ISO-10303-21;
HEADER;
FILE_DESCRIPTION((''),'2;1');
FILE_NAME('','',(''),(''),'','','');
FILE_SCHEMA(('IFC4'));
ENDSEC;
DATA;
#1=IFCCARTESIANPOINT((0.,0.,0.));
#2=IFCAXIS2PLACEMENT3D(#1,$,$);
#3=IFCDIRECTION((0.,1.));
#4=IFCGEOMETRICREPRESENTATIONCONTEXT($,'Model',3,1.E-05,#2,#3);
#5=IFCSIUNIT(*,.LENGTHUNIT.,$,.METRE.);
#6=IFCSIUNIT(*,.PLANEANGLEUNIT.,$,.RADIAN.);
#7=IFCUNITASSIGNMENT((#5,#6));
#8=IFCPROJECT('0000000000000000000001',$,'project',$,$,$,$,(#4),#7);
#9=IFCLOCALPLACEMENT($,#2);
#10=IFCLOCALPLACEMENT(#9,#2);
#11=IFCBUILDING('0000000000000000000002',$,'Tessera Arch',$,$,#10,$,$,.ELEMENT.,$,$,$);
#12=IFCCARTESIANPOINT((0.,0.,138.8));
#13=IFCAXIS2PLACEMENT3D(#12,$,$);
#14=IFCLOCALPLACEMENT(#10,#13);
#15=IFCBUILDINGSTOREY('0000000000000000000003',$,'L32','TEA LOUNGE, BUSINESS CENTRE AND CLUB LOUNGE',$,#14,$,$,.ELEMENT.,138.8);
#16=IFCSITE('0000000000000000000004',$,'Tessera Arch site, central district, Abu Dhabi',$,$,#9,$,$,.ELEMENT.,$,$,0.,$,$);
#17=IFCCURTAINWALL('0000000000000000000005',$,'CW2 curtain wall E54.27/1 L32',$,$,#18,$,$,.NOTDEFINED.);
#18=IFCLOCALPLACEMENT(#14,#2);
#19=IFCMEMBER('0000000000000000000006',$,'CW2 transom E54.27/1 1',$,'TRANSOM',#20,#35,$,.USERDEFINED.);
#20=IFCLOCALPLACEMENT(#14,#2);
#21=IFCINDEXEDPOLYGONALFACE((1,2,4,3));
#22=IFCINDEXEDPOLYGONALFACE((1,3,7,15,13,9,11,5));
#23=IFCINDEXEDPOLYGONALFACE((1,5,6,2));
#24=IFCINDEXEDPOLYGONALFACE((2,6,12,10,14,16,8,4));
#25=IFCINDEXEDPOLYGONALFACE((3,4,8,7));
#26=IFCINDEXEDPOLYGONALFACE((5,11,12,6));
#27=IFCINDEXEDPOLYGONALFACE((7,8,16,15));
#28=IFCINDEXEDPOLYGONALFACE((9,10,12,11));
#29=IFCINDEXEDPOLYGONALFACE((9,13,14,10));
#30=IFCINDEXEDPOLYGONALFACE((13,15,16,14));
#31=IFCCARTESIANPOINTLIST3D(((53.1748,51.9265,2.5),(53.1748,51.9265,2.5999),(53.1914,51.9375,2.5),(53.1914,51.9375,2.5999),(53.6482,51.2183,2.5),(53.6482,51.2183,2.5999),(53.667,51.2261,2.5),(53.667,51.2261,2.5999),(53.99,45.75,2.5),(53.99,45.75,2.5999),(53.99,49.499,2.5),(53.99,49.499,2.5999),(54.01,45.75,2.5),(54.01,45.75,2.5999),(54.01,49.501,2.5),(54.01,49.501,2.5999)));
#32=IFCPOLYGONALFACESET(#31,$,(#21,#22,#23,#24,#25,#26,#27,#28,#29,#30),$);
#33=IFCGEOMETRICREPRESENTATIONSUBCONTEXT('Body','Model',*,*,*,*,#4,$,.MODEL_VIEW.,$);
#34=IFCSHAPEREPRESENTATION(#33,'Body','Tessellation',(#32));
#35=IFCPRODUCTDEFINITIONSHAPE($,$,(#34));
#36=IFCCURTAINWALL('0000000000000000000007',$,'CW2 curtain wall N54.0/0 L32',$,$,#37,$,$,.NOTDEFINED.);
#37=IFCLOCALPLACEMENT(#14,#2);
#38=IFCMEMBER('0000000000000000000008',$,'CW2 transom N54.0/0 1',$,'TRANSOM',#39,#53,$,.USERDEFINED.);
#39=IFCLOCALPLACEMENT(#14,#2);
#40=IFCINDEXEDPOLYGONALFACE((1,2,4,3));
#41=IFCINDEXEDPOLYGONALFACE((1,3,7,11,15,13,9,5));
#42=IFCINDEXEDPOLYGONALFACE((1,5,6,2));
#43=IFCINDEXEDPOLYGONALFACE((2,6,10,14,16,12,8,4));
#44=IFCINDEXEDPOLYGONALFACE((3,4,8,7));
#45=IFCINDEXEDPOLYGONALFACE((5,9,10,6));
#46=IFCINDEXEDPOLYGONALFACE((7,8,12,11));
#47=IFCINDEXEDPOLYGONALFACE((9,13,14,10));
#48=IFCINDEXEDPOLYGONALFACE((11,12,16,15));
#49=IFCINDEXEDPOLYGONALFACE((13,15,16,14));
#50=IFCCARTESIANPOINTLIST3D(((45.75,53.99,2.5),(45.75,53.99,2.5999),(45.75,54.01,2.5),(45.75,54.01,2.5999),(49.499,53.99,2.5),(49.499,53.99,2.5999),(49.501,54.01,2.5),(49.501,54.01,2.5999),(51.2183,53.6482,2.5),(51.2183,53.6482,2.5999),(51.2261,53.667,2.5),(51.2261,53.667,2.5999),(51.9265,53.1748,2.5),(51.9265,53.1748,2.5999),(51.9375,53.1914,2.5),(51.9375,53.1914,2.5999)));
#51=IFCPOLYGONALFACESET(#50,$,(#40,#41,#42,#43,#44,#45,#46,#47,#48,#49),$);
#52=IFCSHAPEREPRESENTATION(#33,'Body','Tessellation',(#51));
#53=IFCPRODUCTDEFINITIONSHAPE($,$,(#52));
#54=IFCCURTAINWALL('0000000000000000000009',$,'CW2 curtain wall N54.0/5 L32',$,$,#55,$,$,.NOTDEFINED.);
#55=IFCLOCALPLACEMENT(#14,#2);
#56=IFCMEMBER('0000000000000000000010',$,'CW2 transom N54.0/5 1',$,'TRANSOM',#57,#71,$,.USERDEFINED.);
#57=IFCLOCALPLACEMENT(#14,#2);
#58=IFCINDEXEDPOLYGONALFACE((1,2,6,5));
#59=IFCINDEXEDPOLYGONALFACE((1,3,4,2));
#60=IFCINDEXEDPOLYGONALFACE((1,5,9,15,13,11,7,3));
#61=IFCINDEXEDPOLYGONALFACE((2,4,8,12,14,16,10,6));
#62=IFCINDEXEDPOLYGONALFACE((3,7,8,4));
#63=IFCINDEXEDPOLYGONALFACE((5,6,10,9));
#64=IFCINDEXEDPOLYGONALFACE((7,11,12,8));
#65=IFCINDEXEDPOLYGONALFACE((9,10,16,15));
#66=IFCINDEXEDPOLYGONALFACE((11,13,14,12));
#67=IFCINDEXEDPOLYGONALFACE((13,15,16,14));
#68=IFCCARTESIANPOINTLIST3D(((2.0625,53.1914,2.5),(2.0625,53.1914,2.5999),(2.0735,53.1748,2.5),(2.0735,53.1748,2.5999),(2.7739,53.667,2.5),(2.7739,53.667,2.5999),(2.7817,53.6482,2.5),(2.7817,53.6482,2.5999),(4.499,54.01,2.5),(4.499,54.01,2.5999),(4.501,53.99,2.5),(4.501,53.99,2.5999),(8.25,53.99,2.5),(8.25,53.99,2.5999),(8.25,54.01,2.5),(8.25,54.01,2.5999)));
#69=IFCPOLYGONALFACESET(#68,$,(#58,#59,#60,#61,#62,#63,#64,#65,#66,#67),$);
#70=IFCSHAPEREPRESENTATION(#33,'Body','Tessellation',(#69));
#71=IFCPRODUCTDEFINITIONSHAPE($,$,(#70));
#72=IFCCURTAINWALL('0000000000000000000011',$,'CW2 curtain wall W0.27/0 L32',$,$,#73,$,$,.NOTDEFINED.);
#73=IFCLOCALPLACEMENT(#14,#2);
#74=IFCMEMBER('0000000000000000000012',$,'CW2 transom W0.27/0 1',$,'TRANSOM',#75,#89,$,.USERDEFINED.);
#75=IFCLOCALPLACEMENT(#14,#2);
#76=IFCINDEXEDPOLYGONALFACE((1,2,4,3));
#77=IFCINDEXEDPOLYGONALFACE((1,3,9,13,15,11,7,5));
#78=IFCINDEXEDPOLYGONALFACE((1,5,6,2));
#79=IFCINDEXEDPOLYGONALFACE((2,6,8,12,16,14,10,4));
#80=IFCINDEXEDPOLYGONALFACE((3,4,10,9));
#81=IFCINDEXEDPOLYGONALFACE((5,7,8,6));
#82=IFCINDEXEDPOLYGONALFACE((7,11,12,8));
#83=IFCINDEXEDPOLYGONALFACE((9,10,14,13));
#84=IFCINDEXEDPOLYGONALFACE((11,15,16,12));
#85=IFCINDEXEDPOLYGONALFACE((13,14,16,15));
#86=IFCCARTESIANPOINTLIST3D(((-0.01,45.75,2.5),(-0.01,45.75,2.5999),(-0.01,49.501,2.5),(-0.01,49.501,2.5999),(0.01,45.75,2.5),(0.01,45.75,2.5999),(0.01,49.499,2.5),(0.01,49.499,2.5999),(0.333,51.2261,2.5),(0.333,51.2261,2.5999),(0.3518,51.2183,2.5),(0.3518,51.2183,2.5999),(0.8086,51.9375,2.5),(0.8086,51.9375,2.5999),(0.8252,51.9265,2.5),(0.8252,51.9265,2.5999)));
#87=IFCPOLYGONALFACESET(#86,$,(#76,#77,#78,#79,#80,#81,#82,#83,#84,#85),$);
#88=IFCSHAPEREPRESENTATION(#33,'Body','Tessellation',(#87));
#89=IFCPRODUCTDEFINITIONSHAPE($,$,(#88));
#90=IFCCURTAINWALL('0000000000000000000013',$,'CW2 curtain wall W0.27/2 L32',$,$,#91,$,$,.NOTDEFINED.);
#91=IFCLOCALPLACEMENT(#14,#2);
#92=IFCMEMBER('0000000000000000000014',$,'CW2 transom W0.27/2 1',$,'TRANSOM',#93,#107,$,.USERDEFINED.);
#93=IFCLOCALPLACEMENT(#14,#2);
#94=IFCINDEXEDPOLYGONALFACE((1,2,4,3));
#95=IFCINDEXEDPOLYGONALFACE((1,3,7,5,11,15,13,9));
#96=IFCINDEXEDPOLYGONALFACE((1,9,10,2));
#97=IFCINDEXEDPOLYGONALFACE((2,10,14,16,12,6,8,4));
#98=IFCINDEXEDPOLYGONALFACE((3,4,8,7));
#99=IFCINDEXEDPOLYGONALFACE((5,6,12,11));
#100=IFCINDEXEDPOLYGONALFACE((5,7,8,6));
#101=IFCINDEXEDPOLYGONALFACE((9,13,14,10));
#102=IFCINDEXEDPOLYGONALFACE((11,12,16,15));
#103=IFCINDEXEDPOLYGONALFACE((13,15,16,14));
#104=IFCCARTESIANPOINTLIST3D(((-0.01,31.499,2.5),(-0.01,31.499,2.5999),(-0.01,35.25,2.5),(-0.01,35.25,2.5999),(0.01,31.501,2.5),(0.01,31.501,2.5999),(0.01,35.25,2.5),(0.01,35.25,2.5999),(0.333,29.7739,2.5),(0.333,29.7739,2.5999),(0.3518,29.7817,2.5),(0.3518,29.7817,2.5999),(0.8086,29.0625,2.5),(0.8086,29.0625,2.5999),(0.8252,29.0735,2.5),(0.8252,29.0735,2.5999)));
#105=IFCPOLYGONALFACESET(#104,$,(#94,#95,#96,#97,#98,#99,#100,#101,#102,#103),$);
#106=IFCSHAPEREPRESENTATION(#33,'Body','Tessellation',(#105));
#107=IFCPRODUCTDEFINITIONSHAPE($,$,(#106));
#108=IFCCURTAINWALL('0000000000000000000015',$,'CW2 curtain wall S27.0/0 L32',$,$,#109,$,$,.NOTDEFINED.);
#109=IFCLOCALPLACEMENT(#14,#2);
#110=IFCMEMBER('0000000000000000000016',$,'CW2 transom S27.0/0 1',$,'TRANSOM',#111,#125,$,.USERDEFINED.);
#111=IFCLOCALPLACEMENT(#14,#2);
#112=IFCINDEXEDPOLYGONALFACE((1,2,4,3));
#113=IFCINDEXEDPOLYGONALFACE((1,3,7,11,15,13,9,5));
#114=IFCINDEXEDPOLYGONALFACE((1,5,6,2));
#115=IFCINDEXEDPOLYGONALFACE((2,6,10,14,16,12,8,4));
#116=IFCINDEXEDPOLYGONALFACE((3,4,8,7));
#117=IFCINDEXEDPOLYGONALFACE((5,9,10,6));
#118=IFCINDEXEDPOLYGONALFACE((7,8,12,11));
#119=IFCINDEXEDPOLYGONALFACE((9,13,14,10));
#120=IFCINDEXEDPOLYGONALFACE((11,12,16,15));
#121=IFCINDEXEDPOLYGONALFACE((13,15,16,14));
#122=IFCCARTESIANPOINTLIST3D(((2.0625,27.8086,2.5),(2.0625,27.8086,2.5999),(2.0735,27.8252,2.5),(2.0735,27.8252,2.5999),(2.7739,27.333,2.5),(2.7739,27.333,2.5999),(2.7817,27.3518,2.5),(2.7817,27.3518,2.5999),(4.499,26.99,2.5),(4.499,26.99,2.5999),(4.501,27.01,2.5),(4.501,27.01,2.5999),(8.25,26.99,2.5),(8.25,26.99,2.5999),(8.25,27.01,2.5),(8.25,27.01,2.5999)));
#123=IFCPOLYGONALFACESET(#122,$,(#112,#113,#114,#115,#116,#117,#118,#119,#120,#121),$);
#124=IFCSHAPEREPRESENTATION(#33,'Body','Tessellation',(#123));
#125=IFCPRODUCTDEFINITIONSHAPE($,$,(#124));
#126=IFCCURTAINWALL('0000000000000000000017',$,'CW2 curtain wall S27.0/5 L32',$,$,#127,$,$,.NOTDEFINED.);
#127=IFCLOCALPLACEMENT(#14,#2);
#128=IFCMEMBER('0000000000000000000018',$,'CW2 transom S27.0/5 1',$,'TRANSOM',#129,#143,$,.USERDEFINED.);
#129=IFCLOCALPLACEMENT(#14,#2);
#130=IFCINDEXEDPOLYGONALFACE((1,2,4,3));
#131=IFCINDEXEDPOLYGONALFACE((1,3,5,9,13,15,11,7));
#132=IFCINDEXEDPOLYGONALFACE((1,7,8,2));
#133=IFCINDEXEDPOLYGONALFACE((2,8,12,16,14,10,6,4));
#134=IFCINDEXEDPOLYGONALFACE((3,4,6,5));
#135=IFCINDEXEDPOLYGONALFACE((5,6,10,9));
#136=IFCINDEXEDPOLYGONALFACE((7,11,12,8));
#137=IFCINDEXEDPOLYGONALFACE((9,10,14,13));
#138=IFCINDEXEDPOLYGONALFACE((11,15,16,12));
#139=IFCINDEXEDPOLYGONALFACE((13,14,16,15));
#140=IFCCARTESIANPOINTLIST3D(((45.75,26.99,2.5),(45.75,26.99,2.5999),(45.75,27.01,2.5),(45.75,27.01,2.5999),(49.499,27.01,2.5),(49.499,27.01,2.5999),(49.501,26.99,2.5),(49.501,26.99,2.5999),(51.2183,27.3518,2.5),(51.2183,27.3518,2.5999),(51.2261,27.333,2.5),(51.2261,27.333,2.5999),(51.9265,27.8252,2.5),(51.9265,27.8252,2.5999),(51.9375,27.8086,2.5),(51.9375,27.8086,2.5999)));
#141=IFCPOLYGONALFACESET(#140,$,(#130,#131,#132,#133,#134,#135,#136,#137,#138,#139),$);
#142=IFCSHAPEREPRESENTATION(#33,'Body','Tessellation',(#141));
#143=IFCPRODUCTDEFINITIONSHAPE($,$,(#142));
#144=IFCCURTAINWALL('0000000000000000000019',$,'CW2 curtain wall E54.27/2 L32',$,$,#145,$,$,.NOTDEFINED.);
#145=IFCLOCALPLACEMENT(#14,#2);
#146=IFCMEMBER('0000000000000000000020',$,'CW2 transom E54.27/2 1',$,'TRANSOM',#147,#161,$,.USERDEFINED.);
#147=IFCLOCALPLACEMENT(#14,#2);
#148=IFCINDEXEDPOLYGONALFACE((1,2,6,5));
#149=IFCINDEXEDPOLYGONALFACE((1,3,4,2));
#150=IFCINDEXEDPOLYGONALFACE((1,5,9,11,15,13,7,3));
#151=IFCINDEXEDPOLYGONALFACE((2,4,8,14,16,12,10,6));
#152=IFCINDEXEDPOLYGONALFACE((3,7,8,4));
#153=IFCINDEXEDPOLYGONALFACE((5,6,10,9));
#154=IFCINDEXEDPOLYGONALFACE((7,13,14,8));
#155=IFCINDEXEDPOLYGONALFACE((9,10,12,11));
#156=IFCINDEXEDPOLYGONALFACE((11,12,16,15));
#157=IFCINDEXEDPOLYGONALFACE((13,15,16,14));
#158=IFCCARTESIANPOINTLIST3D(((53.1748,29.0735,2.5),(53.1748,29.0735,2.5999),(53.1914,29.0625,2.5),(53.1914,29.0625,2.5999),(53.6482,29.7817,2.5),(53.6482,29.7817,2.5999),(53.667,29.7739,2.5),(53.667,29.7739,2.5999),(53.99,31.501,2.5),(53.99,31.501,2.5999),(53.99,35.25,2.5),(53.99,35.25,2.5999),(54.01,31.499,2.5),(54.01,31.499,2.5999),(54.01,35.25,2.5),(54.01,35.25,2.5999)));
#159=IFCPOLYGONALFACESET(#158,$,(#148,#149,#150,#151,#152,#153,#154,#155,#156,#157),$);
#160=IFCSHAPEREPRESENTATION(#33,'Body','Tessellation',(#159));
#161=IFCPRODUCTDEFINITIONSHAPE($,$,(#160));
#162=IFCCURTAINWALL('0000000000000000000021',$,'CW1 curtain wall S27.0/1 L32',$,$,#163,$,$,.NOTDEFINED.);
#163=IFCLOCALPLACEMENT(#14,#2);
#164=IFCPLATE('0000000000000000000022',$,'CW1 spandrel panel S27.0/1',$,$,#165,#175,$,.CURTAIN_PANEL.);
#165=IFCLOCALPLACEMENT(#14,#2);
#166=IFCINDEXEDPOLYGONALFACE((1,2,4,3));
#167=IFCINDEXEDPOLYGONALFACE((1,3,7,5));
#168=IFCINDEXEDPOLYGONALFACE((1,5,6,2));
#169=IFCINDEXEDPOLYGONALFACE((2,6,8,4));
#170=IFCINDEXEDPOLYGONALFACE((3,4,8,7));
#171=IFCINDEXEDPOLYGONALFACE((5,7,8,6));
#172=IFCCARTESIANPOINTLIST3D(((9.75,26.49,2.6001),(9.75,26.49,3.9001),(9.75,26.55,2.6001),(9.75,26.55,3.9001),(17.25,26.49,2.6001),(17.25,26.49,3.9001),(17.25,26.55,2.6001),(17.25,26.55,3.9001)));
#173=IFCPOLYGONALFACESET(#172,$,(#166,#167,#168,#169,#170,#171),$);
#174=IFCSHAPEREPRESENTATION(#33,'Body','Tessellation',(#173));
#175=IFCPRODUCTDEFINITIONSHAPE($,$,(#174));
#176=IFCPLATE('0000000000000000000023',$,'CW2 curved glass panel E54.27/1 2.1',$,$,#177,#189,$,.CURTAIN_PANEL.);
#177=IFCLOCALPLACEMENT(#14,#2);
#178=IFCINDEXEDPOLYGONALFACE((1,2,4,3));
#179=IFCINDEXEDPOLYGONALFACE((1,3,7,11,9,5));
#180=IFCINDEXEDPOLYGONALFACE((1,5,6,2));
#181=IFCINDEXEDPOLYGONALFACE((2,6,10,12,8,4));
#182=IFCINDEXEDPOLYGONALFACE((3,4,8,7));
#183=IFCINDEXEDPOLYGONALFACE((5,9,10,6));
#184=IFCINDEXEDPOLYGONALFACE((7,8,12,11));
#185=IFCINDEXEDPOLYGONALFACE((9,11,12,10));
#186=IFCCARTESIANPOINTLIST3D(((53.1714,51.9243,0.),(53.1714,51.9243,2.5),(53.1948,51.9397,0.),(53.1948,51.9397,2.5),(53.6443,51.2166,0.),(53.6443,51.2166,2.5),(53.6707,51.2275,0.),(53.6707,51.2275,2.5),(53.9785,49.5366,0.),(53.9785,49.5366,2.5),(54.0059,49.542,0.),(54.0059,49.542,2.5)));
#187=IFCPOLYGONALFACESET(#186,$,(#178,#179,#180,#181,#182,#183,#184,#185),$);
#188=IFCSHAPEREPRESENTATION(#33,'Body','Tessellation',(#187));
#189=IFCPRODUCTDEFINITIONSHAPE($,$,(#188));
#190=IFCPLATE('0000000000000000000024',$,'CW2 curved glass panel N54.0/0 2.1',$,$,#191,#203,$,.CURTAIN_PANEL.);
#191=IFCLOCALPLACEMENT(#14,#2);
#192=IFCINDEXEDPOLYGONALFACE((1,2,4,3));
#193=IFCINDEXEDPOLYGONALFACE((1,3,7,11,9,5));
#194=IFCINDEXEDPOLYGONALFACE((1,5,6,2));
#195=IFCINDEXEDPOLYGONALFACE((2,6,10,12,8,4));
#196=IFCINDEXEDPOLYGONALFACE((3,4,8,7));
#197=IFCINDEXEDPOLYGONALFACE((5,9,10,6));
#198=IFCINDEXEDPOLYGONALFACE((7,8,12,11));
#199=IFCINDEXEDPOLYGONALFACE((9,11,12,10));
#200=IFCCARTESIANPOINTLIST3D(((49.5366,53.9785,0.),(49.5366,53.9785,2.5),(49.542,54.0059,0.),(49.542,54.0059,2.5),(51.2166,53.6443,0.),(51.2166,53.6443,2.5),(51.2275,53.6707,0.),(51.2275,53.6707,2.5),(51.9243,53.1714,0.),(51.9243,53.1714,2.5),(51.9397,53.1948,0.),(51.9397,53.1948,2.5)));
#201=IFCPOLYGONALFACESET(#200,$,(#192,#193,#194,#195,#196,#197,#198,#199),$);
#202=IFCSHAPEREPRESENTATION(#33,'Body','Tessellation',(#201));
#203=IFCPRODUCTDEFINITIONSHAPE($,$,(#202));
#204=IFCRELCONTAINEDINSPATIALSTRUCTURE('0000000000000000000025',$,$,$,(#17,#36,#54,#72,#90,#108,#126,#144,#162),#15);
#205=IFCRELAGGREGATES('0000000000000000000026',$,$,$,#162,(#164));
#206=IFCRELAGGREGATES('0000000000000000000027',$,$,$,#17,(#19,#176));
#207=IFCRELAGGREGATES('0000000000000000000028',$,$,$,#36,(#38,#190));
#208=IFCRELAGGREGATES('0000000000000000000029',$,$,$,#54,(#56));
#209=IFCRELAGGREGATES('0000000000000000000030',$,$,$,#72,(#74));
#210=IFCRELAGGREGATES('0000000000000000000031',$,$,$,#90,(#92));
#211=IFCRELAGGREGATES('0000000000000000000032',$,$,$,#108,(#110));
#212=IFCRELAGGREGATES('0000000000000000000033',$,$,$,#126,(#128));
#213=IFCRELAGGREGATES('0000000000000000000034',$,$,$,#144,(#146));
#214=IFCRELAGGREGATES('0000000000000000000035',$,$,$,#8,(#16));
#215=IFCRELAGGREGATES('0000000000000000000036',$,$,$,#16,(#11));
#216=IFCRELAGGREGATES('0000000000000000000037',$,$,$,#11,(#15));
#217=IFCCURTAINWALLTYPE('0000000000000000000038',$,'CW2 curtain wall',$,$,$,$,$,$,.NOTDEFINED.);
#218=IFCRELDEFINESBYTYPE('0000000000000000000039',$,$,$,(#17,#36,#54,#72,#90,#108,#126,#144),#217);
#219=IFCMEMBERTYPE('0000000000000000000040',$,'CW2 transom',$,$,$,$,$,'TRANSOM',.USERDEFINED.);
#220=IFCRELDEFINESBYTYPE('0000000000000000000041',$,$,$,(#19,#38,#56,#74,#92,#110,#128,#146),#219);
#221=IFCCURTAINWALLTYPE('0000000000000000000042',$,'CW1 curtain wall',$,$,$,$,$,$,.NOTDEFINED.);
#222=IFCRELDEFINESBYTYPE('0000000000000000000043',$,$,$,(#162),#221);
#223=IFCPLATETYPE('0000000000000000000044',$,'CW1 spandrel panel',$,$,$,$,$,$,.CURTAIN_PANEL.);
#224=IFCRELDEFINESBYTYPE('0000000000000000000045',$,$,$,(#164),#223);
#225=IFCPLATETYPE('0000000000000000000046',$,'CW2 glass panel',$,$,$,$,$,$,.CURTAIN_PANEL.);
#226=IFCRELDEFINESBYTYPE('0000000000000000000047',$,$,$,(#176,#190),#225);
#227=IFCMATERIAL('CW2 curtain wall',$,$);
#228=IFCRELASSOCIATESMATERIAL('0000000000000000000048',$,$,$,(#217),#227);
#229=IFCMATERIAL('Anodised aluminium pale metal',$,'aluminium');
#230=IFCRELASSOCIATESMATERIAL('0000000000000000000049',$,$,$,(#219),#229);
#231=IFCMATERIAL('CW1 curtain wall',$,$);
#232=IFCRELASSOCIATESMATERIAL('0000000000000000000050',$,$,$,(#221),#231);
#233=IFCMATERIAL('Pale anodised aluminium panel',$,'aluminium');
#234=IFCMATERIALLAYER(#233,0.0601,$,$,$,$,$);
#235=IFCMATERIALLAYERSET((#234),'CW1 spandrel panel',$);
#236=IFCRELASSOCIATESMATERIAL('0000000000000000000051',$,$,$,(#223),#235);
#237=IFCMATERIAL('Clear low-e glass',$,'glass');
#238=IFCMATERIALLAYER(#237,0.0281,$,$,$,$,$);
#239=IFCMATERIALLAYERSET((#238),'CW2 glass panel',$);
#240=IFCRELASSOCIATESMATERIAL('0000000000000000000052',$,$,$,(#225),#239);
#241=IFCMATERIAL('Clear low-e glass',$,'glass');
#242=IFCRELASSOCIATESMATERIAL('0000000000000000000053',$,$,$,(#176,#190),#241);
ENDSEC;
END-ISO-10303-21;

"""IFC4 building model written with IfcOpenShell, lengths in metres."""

from ifc_helpers import new_model, si_unit, direction, frame, origin, origin_2d, place, context, subcontext, project, spatial, polyline, rectangle, outline, extrude, material, layer, layer_set, material_profile, profile_set, type_object, element, aggregate, save


model = new_model("IFC4")

# Units and contexts
model_context = context("Model", 3, precision=1e-05, world=origin(), true_north=direction((0.0, 1.0)))
body_context = subcontext(model_context, "Body", "Model", "MODEL_VIEW")
ifc_project = project(units=[si_unit("LENGTHUNIT", "METRE"), si_unit("PLANEANGLEUNIT", "RADIAN")], contexts=[model_context])

# Site, building, storey
site_placement = place(None, origin())
site = spatial("IfcSite", under=ifc_project, at=site_placement, Name="Tessera Arch site, central district, Abu Dhabi", CompositionType="ELEMENT", RefElevation=0.0)
building_placement = place(site_placement, origin())
building = spatial("IfcBuilding", under=site, at=building_placement, Name="Tessera Arch", CompositionType="ELEMENT")
storey_placement = place(building_placement, frame((0.0, 0.0, 138.8)))
storey = spatial("IfcBuildingStorey", under=building, at=storey_placement, Name="L32", Description="TEA LOUNGE, BUSINESS CENTRE AND CLUB LOUNGE", CompositionType="ELEMENT", Elevation=138.8)

# Curtain walls, members
ifc_material_1 = material(Name="CW2 curtain wall")
curtain_wall_type_1 = type_object("IfcCurtainWallType", Name="CW2 curtain wall", PredefinedType="NOTDEFINED", material=ifc_material_1)
curtain_wall_1_placement = place(storey_placement, origin())
curtain_wall_1 = element("IfcCurtainWall", 1, at=curtain_wall_1_placement, inside=storey, type_object=curtain_wall_type_1, Name="CW2 curtain wall E54.27/1 L32", PredefinedType="NOTDEFINED")
ifc_material_2 = material(Name="Anodised aluminium pale metal", Category="aluminium")
ifc_material_profile = material_profile(ifc_material_2, rectangle(XDim=0.2, YDim=0.1001, at=origin_2d()), Name="AL 200x100")
ifc_profile_set = profile_set([ifc_material_profile], Name="Anodised aluminium pale metal")
member_type = type_object("IfcMemberType", Name="CW2 transom", ElementType="TRANSOM", PredefinedType="USERDEFINED", material=ifc_profile_set)
member_1_placement = place(storey_placement, frame((0.0, 0.0, 2.5)))
member_1 = element("IfcMember", 2, at=member_1_placement, type_object=member_type, Name="CW2 transom E54.27/1 1", ObjectType="TRANSOM", PredefinedType="USERDEFINED", context=body_context, shape_type="SweptSolid", body=[
    extrude(outline(polyline([(53.99, 49.499), (53.99, 45.75), (54.01, 45.75), (54.01, 49.501), (53.667, 51.2261), (53.1914, 51.9375), (53.1748, 51.9265), (53.6482, 51.2183), (53.99, 49.499)])), origin(), (0.0, 0.0, 1.0), 0.0999),
])
curtain_wall_2_placement = place(storey_placement, origin())
curtain_wall_2 = element("IfcCurtainWall", 3, at=curtain_wall_2_placement, inside=storey, type_object=curtain_wall_type_1, Name="CW2 curtain wall N54.0/0 L32", PredefinedType="NOTDEFINED")
member_2_placement = place(storey_placement, frame((0.0, 0.0, 2.5)))
member_2 = element("IfcMember", 4, at=member_2_placement, type_object=member_type, Name="CW2 transom N54.0/0 1", ObjectType="TRANSOM", PredefinedType="USERDEFINED", context=body_context, shape_type="SweptSolid", body=[
    extrude(outline(polyline([(51.2183, 53.6482), (51.9265, 53.1748), (51.9375, 53.1914), (51.2261, 53.667), (49.501, 54.01), (45.75, 54.01), (45.75, 53.99), (49.499, 53.99), (51.2183, 53.6482)])), origin(), (0.0, 0.0, 1.0), 0.0999),
])
curtain_wall_3_placement = place(storey_placement, origin())
curtain_wall_3 = element("IfcCurtainWall", 5, at=curtain_wall_3_placement, inside=storey, type_object=curtain_wall_type_1, Name="CW2 curtain wall N54.0/5 L32", PredefinedType="NOTDEFINED")
member_3_placement = place(storey_placement, frame((0.0, 0.0, 2.5)))
member_3 = element("IfcMember", 6, at=member_3_placement, type_object=member_type, Name="CW2 transom N54.0/5 1", ObjectType="TRANSOM", PredefinedType="USERDEFINED", context=body_context, shape_type="SweptSolid", body=[
    extrude(outline(polyline([(4.501, 53.99), (8.25, 53.99), (8.25, 54.01), (4.499, 54.01), (2.7739, 53.667), (2.0625, 53.1914), (2.0735, 53.1748), (2.7817, 53.6482), (4.501, 53.99)])), origin(), (0.0, 0.0, 1.0), 0.0999),
])
curtain_wall_4_placement = place(storey_placement, origin())
curtain_wall_4 = element("IfcCurtainWall", 7, at=curtain_wall_4_placement, inside=storey, type_object=curtain_wall_type_1, Name="CW2 curtain wall W0.27/0 L32", PredefinedType="NOTDEFINED")
member_4_placement = place(storey_placement, frame((0.0, 0.0, 2.5)))
member_4 = element("IfcMember", 8, at=member_4_placement, type_object=member_type, Name="CW2 transom W0.27/0 1", ObjectType="TRANSOM", PredefinedType="USERDEFINED", context=body_context, shape_type="SweptSolid", body=[
    extrude(outline(polyline([(0.3518, 51.2183), (0.8252, 51.9265), (0.8086, 51.9375), (0.333, 51.2261), (-0.01, 49.501), (-0.01, 45.75), (0.01, 45.75), (0.01, 49.499), (0.3518, 51.2183)])), origin(), (0.0, 0.0, 1.0), 0.0999),
])
curtain_wall_5_placement = place(storey_placement, origin())
curtain_wall_5 = element("IfcCurtainWall", 9, at=curtain_wall_5_placement, inside=storey, type_object=curtain_wall_type_1, Name="CW2 curtain wall W0.27/2 L32", PredefinedType="NOTDEFINED")
member_5_placement = place(storey_placement, frame((0.0, 0.0, 2.5)))
member_5 = element("IfcMember", 10, at=member_5_placement, type_object=member_type, Name="CW2 transom W0.27/2 1", ObjectType="TRANSOM", PredefinedType="USERDEFINED", context=body_context, shape_type="SweptSolid", body=[
    extrude(outline(polyline([(0.01, 31.501), (0.01, 35.25), (-0.01, 35.25), (-0.01, 31.499), (0.333, 29.7739), (0.8086, 29.0625), (0.8252, 29.0735), (0.3518, 29.7817), (0.01, 31.501)])), origin(), (0.0, 0.0, 1.0), 0.0999),
])
curtain_wall_6_placement = place(storey_placement, origin())
curtain_wall_6 = element("IfcCurtainWall", 11, at=curtain_wall_6_placement, inside=storey, type_object=curtain_wall_type_1, Name="CW2 curtain wall S27.0/0 L32", PredefinedType="NOTDEFINED")
member_6_placement = place(storey_placement, frame((0.0, 0.0, 2.5)))
member_6 = element("IfcMember", 12, at=member_6_placement, type_object=member_type, Name="CW2 transom S27.0/0 1", ObjectType="TRANSOM", PredefinedType="USERDEFINED", context=body_context, shape_type="SweptSolid", body=[
    extrude(outline(polyline([(2.7817, 27.3518), (2.0735, 27.8252), (2.0625, 27.8086), (2.7739, 27.333), (4.499, 26.99), (8.25, 26.99), (8.25, 27.01), (4.501, 27.01), (2.7817, 27.3518)])), origin(), (0.0, 0.0, 1.0), 0.0999),
])
curtain_wall_7_placement = place(storey_placement, origin())
curtain_wall_7 = element("IfcCurtainWall", 13, at=curtain_wall_7_placement, inside=storey, type_object=curtain_wall_type_1, Name="CW2 curtain wall S27.0/5 L32", PredefinedType="NOTDEFINED")
member_7_placement = place(storey_placement, frame((0.0, 0.0, 2.5)))
member_7 = element("IfcMember", 14, at=member_7_placement, type_object=member_type, Name="CW2 transom S27.0/5 1", ObjectType="TRANSOM", PredefinedType="USERDEFINED", context=body_context, shape_type="SweptSolid", body=[
    extrude(outline(polyline([(49.499, 27.01), (45.75, 27.01), (45.75, 26.99), (49.501, 26.99), (51.2261, 27.333), (51.9375, 27.8086), (51.9265, 27.8252), (51.2183, 27.3518), (49.499, 27.01)])), origin(), (0.0, 0.0, 1.0), 0.0999),
])
curtain_wall_8_placement = place(storey_placement, origin())
curtain_wall_8 = element("IfcCurtainWall", 15, at=curtain_wall_8_placement, inside=storey, type_object=curtain_wall_type_1, Name="CW2 curtain wall E54.27/2 L32", PredefinedType="NOTDEFINED")
member_8_placement = place(storey_placement, frame((0.0, 0.0, 2.5)))
member_8 = element("IfcMember", 16, at=member_8_placement, type_object=member_type, Name="CW2 transom E54.27/2 1", ObjectType="TRANSOM", PredefinedType="USERDEFINED", context=body_context, shape_type="SweptSolid", body=[
    extrude(outline(polyline([(53.6482, 29.7817), (53.1748, 29.0735), (53.1914, 29.0625), (53.667, 29.7739), (54.01, 31.499), (54.01, 35.25), (53.99, 35.25), (53.99, 31.501), (53.6482, 29.7817)])), origin(), (0.0, 0.0, 1.0), 0.0999),
])

# Curtain wall, plate
ifc_material_3 = material(Name="CW1 curtain wall")
curtain_wall_type_2 = type_object("IfcCurtainWallType", Name="CW1 curtain wall", PredefinedType="NOTDEFINED", material=ifc_material_3)
curtain_wall_9_placement = place(storey_placement, origin())
curtain_wall_9 = element("IfcCurtainWall", 17, at=curtain_wall_9_placement, inside=storey, type_object=curtain_wall_type_2, Name="CW1 curtain wall S27.0/1 L32", PredefinedType="NOTDEFINED")
ifc_material_4 = material(Name="Pale anodised aluminium panel", Category="aluminium")
ifc_layer_1 = layer(ifc_material_4, 0.0601)
ifc_layer_set_1 = layer_set([ifc_layer_1], Name="CW1 spandrel panel")
plate_type_1 = type_object("IfcPlateType", Name="CW1 spandrel panel", PredefinedType="CURTAIN_PANEL", material=ifc_layer_set_1)
plate_1_placement = place(storey_placement, frame((13.5, 26.52, 2.6001), z_axis=(0.0, 0.0, 1.0), x_axis=(1.0, 0.0, 0.0)))
plate_1 = element("IfcPlate", 18, at=plate_1_placement, type_object=plate_type_1, Name="CW1 spandrel panel S27.0/1", PredefinedType="CURTAIN_PANEL", context=body_context, shape_type="SweptSolid", body=[
    extrude(rectangle(XDim=7.5, YDim=0.0601, at=origin_2d()), origin(), (0.0, 0.0, 1.0), 1.3),
])
aggregate(curtain_wall_9, [plate_1])

# Plates
ifc_material_5 = material(Name="Clear low-e glass", Category="glass")
ifc_material_6 = material(Name="Clear low-e glass", Category="glass")
ifc_layer_2 = layer(ifc_material_6, 0.0281)
ifc_layer_set_2 = layer_set([ifc_layer_2], Name="CW2 glass panel")
plate_type_2 = type_object("IfcPlateType", Name="CW2 glass panel", PredefinedType="CURTAIN_PANEL", material=ifc_layer_set_2)
plate_2_placement = place(storey_placement, origin())
plate_2 = element("IfcPlate", 19, at=plate_2_placement, type_object=plate_type_2, material=ifc_material_5, Name="CW2 curved glass panel E54.27/1 2.1", PredefinedType="CURTAIN_PANEL", context=body_context, shape_type="SweptSolid", body=[
    extrude(outline(polyline([(53.6443, 51.2166), (53.9785, 49.5366), (54.0059, 49.542), (53.6707, 51.2275), (53.1948, 51.9397), (53.1714, 51.9243), (53.6443, 51.2166)])), origin(), (0.0, 0.0, 1.0), 2.5),
])
plate_3_placement = place(storey_placement, origin())
plate_3 = element("IfcPlate", 20, at=plate_3_placement, type_object=plate_type_2, material=ifc_material_5, Name="CW2 curved glass panel N54.0/0 2.1", PredefinedType="CURTAIN_PANEL", context=body_context, shape_type="SweptSolid", body=[
    extrude(outline(polyline([(51.2166, 53.6443), (51.9243, 53.1714), (51.9397, 53.1948), (51.2275, 53.6707), (49.542, 54.0059), (49.5366, 53.9785), (51.2166, 53.6443)])), origin(), (0.0, 0.0, 1.0), 2.5),
])
aggregate(curtain_wall_1, [member_1, plate_2])
aggregate(curtain_wall_2, [member_2, plate_3])
aggregate(curtain_wall_3, [member_3])
aggregate(curtain_wall_4, [member_4])
aggregate(curtain_wall_5, [member_5])
aggregate(curtain_wall_6, [member_6])
aggregate(curtain_wall_7, [member_7])
aggregate(curtain_wall_8, [member_8])

save(model, "model.ifc")
